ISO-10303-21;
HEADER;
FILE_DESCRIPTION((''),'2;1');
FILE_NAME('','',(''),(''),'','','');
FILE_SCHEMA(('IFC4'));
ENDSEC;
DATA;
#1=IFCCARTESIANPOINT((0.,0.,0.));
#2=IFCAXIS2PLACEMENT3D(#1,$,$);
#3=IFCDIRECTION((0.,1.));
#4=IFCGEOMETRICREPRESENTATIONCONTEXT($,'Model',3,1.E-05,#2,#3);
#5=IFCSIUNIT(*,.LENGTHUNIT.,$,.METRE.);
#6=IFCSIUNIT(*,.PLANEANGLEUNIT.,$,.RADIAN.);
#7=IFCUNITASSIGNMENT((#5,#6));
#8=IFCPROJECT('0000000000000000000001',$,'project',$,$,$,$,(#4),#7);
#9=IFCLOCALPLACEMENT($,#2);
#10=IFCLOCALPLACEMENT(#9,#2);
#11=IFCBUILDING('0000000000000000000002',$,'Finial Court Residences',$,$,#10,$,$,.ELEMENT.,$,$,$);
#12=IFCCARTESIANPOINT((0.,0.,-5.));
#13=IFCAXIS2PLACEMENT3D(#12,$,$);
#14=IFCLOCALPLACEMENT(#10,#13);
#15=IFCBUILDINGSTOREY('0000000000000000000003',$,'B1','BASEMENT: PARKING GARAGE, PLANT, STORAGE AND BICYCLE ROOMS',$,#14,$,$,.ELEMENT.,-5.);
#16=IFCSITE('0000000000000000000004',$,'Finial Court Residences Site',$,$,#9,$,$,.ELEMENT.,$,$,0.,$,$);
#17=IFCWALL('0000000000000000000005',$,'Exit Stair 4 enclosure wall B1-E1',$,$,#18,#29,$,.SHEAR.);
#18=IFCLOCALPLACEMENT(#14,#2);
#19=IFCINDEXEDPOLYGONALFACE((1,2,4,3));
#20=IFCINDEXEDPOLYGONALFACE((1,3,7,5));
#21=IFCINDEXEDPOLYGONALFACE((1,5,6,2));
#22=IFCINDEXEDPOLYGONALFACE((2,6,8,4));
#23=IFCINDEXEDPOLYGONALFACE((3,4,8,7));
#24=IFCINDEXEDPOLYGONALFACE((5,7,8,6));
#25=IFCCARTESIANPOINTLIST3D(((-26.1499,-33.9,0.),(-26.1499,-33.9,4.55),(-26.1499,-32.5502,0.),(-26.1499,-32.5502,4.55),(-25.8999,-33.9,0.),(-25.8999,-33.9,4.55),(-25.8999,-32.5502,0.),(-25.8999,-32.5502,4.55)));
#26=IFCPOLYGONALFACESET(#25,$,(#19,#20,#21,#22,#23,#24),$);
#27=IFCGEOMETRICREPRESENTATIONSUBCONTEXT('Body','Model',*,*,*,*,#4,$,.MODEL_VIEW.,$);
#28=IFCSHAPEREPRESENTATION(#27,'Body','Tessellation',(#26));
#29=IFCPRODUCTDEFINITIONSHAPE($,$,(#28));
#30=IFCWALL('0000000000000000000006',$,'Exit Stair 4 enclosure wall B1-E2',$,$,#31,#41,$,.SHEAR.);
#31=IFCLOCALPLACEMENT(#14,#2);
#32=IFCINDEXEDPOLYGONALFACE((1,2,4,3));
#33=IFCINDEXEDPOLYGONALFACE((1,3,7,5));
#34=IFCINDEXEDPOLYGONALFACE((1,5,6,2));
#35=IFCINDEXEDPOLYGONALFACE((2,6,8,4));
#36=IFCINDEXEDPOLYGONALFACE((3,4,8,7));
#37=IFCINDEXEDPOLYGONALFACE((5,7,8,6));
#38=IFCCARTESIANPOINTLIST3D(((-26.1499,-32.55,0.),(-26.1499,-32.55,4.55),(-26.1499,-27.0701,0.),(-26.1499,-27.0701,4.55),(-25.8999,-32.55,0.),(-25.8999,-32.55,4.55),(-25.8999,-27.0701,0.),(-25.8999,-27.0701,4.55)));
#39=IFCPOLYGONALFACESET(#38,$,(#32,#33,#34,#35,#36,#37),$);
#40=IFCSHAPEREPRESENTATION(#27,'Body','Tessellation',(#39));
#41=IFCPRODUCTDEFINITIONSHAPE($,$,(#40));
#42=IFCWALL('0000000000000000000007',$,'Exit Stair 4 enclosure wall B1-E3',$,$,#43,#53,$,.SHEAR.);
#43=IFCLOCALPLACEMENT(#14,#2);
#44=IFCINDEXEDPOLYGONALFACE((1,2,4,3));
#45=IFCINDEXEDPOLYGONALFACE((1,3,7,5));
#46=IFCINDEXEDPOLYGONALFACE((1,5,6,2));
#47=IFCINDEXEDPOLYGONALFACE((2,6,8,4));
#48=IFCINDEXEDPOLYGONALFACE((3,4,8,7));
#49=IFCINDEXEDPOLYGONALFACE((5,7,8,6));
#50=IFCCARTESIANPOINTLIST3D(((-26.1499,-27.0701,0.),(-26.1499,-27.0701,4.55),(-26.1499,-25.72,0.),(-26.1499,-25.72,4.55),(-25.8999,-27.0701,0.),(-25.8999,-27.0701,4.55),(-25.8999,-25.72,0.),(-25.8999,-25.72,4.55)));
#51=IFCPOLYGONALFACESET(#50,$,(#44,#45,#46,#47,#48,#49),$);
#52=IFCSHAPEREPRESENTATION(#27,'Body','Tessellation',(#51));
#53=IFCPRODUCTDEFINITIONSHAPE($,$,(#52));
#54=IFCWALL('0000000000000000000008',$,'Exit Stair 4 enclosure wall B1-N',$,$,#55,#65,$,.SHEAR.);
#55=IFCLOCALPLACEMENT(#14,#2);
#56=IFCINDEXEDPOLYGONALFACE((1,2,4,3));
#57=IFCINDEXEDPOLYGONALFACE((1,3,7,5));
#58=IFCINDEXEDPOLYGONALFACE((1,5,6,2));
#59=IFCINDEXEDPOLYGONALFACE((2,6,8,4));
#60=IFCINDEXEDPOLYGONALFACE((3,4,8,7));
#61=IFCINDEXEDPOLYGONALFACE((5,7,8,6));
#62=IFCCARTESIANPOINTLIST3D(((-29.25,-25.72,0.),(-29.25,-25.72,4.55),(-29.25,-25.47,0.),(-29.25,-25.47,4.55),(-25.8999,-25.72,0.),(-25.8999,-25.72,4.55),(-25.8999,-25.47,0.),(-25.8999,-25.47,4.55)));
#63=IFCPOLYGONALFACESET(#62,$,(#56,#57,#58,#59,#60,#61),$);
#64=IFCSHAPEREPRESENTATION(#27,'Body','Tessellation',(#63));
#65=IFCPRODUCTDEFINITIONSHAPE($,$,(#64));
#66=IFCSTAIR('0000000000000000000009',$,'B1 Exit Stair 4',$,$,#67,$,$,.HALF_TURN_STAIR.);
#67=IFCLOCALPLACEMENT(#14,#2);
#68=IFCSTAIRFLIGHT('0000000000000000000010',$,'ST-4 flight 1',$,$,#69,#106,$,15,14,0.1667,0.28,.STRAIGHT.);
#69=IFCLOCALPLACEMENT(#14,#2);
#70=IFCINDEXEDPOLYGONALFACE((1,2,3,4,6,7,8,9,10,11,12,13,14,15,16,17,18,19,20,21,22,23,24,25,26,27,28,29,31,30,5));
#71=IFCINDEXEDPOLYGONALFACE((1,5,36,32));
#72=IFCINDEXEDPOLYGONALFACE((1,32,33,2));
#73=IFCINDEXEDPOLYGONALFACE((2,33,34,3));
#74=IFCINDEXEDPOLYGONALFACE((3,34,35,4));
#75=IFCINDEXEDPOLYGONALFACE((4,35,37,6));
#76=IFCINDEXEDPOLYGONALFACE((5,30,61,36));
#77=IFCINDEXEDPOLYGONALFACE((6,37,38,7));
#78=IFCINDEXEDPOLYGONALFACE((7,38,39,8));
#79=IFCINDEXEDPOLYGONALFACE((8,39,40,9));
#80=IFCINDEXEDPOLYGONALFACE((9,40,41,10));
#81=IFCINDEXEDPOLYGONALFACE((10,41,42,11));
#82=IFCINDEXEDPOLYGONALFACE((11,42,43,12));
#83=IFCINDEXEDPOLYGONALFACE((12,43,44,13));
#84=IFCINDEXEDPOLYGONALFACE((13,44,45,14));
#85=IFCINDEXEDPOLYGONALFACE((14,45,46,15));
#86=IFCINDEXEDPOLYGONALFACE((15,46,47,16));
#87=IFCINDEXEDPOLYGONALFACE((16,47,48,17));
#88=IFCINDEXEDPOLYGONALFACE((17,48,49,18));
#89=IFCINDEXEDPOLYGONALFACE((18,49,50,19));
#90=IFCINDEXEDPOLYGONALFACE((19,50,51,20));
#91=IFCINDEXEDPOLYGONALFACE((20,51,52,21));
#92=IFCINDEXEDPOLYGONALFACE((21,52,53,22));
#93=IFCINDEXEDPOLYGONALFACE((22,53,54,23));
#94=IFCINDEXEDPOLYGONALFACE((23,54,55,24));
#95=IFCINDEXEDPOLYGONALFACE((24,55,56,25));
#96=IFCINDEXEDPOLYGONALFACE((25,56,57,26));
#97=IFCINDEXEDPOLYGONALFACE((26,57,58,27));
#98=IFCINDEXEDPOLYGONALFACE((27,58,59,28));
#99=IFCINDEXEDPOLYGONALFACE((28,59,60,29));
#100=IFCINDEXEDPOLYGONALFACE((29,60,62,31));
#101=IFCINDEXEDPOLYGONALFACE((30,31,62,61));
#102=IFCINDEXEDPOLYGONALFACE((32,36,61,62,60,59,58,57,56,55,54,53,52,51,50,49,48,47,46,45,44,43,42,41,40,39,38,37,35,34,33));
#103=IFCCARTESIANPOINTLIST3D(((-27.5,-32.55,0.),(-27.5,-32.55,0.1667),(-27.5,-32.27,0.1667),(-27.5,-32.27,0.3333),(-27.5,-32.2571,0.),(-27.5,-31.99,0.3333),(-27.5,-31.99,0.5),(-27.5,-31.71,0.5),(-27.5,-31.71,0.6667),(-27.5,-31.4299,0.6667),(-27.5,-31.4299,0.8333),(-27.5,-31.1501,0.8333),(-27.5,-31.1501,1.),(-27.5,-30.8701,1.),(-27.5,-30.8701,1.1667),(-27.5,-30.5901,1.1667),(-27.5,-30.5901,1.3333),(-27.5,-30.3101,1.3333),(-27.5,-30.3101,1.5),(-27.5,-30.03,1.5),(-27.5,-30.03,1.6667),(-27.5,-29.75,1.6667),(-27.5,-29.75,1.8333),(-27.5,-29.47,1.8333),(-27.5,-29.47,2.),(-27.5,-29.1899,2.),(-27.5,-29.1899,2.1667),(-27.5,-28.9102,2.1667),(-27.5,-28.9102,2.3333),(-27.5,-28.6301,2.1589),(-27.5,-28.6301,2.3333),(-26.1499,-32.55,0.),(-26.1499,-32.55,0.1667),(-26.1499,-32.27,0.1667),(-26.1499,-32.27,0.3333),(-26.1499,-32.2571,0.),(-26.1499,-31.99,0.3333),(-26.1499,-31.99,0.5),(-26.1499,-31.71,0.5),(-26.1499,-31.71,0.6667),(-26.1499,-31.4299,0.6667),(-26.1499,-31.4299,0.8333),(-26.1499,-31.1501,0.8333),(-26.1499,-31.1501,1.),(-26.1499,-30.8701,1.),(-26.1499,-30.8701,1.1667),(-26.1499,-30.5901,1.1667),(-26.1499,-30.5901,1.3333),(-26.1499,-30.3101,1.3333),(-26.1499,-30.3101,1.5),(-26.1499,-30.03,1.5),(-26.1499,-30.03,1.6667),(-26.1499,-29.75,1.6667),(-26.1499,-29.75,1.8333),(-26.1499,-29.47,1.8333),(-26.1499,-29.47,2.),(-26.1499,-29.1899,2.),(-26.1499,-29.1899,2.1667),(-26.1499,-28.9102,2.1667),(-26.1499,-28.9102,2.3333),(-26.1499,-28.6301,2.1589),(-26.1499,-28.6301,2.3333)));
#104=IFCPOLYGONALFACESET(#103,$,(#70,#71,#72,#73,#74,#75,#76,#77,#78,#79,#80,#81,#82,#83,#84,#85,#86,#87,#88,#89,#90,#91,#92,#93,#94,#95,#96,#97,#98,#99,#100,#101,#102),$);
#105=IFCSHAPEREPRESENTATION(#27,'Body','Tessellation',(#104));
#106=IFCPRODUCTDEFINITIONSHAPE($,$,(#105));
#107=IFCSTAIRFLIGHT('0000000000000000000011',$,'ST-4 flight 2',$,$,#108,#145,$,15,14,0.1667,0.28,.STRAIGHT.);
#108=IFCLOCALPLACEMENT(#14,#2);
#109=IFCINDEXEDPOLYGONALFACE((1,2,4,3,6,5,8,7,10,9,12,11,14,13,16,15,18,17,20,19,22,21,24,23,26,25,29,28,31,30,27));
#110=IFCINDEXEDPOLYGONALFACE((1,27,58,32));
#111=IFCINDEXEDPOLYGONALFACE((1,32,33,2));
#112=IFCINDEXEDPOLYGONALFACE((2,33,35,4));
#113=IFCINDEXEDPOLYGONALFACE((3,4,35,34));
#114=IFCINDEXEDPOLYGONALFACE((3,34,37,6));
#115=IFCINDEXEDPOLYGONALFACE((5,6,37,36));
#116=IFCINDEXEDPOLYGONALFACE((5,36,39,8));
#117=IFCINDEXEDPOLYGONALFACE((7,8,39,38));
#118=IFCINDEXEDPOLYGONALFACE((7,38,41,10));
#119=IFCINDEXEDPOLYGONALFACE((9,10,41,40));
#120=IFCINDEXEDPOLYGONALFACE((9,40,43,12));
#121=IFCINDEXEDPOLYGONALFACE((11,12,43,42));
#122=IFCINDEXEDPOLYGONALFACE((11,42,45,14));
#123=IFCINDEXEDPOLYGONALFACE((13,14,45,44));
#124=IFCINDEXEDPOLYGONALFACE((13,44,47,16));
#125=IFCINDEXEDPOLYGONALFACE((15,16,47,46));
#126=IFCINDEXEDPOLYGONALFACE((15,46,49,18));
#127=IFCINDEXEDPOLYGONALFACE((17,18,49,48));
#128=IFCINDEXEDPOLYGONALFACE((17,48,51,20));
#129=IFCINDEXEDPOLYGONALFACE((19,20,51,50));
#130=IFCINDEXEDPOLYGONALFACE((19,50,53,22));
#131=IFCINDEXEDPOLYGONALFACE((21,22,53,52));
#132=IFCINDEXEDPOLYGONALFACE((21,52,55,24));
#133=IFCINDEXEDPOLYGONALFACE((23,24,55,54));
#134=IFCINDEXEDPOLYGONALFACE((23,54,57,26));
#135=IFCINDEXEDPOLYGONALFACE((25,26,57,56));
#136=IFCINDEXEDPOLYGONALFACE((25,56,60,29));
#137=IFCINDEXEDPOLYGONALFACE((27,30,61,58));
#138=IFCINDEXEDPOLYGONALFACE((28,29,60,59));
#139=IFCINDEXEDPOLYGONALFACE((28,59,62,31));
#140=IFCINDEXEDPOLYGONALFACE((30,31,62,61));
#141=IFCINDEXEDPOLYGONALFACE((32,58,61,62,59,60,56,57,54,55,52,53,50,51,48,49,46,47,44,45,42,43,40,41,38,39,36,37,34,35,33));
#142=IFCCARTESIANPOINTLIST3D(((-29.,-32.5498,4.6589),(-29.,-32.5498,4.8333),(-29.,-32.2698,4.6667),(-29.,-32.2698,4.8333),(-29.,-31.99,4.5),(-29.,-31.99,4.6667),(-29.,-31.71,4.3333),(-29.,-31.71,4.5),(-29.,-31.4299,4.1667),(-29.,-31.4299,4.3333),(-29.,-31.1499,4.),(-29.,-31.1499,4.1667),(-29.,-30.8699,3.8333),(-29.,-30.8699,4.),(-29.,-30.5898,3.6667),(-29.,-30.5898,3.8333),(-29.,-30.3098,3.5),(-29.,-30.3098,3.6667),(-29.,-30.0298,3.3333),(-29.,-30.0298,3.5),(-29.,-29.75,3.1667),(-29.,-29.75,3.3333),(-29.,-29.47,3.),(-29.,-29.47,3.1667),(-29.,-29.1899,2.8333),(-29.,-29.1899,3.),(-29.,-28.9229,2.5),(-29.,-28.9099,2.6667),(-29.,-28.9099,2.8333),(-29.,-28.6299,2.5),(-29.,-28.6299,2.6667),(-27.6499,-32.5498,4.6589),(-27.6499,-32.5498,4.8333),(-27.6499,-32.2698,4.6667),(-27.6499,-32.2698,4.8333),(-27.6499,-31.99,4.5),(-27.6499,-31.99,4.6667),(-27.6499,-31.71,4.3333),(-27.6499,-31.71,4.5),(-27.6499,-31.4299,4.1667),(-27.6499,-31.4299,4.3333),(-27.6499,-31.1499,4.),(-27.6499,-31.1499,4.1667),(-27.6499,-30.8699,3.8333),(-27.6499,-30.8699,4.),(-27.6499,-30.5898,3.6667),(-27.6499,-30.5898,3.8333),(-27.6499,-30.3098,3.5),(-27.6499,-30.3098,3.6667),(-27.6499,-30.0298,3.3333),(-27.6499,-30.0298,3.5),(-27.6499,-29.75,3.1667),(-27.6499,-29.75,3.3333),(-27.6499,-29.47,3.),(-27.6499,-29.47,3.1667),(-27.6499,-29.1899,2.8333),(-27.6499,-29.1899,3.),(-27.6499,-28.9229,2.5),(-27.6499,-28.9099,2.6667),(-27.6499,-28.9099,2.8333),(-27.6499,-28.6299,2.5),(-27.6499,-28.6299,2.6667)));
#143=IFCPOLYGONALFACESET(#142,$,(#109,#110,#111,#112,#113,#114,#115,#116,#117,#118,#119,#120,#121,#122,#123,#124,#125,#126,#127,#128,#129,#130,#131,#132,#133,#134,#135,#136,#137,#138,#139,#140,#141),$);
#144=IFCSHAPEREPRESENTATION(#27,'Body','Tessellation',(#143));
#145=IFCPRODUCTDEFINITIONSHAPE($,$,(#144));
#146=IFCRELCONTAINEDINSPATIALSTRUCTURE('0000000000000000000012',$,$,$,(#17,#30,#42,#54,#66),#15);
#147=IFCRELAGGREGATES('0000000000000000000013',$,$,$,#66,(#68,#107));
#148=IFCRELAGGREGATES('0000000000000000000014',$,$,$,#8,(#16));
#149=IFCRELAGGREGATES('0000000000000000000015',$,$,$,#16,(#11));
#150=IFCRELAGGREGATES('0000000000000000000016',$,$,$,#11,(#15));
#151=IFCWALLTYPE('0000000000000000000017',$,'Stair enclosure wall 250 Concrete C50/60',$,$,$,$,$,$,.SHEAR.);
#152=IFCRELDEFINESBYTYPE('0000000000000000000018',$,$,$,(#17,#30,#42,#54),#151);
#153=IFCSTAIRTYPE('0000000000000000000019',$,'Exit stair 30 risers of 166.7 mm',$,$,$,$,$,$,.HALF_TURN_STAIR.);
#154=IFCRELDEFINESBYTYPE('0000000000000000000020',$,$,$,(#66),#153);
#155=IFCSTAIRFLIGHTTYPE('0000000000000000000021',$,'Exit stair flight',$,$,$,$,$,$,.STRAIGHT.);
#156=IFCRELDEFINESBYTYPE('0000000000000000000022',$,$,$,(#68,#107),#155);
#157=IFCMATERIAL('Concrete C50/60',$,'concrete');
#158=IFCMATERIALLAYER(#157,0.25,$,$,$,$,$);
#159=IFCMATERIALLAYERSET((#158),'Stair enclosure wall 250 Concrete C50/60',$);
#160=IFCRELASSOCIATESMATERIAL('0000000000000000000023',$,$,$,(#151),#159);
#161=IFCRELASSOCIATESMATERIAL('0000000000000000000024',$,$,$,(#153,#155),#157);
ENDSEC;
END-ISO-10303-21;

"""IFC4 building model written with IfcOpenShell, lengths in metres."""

from ifc_helpers import new_model, si_unit, direction, frame, frame_2d, origin, place, context, subcontext, project, spatial, polyline, rectangle, outline, extrude, material, layer, layer_set, type_object, element, aggregate, save


model = new_model("IFC4")

# Units and contexts
model_context = context("Model", 3, precision=1e-05, world=origin(), true_north=direction((0.0, 1.0)))
body_context = subcontext(model_context, "Body", "Model", "MODEL_VIEW")
ifc_project = project(units=[si_unit("LENGTHUNIT", "METRE"), si_unit("PLANEANGLEUNIT", "RADIAN")], contexts=[model_context])

# Site, building, storey
site_placement = place(None, origin())
site = spatial("IfcSite", under=ifc_project, at=site_placement, Name="Finial Court Residences Site", CompositionType="ELEMENT", RefElevation=0.0)
building_placement = place(site_placement, origin())
building = spatial("IfcBuilding", under=site, at=building_placement, Name="Finial Court Residences", CompositionType="ELEMENT")
storey_placement = place(building_placement, frame((0.0, 0.0, -5.0)))
storey = spatial("IfcBuildingStorey", under=building, at=storey_placement, Name="B1", Description="BASEMENT: PARKING GARAGE, PLANT, STORAGE AND BICYCLE ROOMS", CompositionType="ELEMENT", Elevation=-5.0)

# Shared definitions
ifc_material_1 = material(Name="Concrete C50/60", Category="concrete")

# Shared definitions
ifc_layer_1 = layer(ifc_material_1, 0.25)
ifc_layer_set_1 = layer_set([ifc_layer_1], Name="Stair enclosure wall 250 Concrete C50/60")
wall_type_1 = type_object("IfcWallType", Name="Stair enclosure wall 250 Concrete C50/60", PredefinedType="SHEAR", material=ifc_layer_set_1)

# Walls
wall_1_placement = place(storey_placement, frame((-26.0249, -33.8999, 0.0), z_axis=(0.0, 0.0, 1.0), x_axis=(0.0, 1.0, 0.0)))
element("IfcWall", 1, at=wall_1_placement, inside=storey, type_object=wall_type_1, Name="Exit Stair 4 enclosure wall B1-E1", PredefinedType="SHEAR", context=body_context, shape_type="SweptSolid", body=[
    extrude(rectangle(XDim=1.3499, YDim=0.25, at=frame_2d((0.6748, 0.0))), origin(), (0.0, 0.0, 1.0), 4.55),
])
wall_2_placement = place(storey_placement, frame((-26.0249, -32.55, 0.0), z_axis=(0.0, 0.0, 1.0), x_axis=(0.0, 1.0, 0.0)))
element("IfcWall", 2, at=wall_2_placement, inside=storey, type_object=wall_type_1, Name="Exit Stair 4 enclosure wall B1-E2", PredefinedType="SHEAR", context=body_context, shape_type="SweptSolid", body=[
    extrude(rectangle(XDim=5.48, YDim=0.25, at=frame_2d((2.74, 0.0))), origin(), (0.0, 0.0, 1.0), 4.55),
])
wall_3_placement = place(storey_placement, frame((-26.0249, -27.0701, 0.0), z_axis=(0.0, 0.0, 1.0), x_axis=(0.0, 1.0, 0.0)))
element("IfcWall", 3, at=wall_3_placement, inside=storey, type_object=wall_type_1, Name="Exit Stair 4 enclosure wall B1-E3", PredefinedType="SHEAR", context=body_context, shape_type="SweptSolid", body=[
    extrude(rectangle(XDim=1.3501, YDim=0.25, at=frame_2d((0.675, 0.0))), origin(), (0.0, 0.0, 1.0), 4.55),
])
wall_4_placement = place(storey_placement, frame((-29.25, -25.595, 0.0), z_axis=(0.0, 0.0, 1.0), x_axis=(1.0, 0.0, 0.0)))
element("IfcWall", 4, at=wall_4_placement, inside=storey, type_object=wall_type_1, Name="Exit Stair 4 enclosure wall B1-N", PredefinedType="SHEAR", context=body_context, shape_type="SweptSolid", body=[
    extrude(rectangle(XDim=3.3501, YDim=0.25, at=frame_2d((1.675, 0.0))), origin(), (0.0, 0.0, 1.0), 4.55),
])

# Stair, stair flights
stair_type = type_object("IfcStairType", Name="Exit stair 30 risers of 166.7 mm", PredefinedType="HALF_TURN_STAIR", material=ifc_material_1)
stair_placement = place(storey_placement, origin())
stair = element("IfcStair", 5, at=stair_placement, inside=storey, type_object=stair_type, Name="B1 Exit Stair 4", PredefinedType="HALF_TURN_STAIR")
stair_flight_type = type_object("IfcStairFlightType", Name="Exit stair flight", PredefinedType="STRAIGHT", material=ifc_material_1)
stair_flight_1_placement = place(storey_placement, frame((-26.825, -32.55, 0.0), z_axis=(0.0, 0.0, 1.0), x_axis=(0.0, 1.0, 0.0)))
stair_flight_1 = element("IfcStairFlight", 6, at=stair_flight_1_placement, type_object=stair_flight_type, Name="ST-4 flight 1", NumberOfRisers=15, NumberOfTreads=14, PredefinedType="STRAIGHT", RiserHeight=0.1667, TreadLength=0.28, context=body_context, shape_type="SweptSolid", body=[
    extrude(outline(polyline([(0.0, 0.0), (0.0, 0.1667), (0.28, 0.1667), (0.28, 0.3333), (0.5601, 0.3333), (0.5601, 0.5), (0.8401, 0.5), (0.8401, 0.6667), (1.1201, 0.6667), (1.1201, 0.8333), (1.3999, 0.8333), (1.3999, 1.0), (1.6799, 1.0), (1.6799, 1.1667), (1.96, 1.1667), (1.96, 1.3333), (2.24, 1.3333), (2.24, 1.5), (2.52, 1.5), (2.52, 1.6667), (2.8, 1.6667), (2.8, 1.8333), (3.0801, 1.8333), (3.0801, 2.0), (3.3601, 2.0), (3.3601, 2.1667), (3.6399, 2.1667), (3.6399, 2.3333), (3.9199, 2.3333), (3.9199, 2.5), (3.9199, 2.1589), (0.293, 0.0), (0.0, 0.0)])), frame((0.0, 0.675, 0.0), z_axis=(0.0, -1.0, 0.0), x_axis=(1.0, 0.0, 0.0)), (0.0, 0.0, 1.0), 1.3501),
])
stair_flight_2_placement = place(storey_placement, frame((-28.325, -28.6299, 2.5), z_axis=(0.0, 0.0, 1.0), x_axis=(0.0, -1.0, 0.0)))
stair_flight_2 = element("IfcStairFlight", 7, at=stair_flight_2_placement, type_object=stair_flight_type, Name="ST-4 flight 2", NumberOfRisers=15, NumberOfTreads=14, PredefinedType="STRAIGHT", RiserHeight=0.1667, TreadLength=0.28, context=body_context, shape_type="SweptSolid", body=[
    extrude(outline(polyline([(0.0, 0.0), (0.0, 0.1667), (0.28, 0.1667), (0.28, 0.3333), (0.5601, 0.3333), (0.5601, 0.5), (0.8401, 0.5), (0.8401, 0.6667), (1.1201, 0.6667), (1.1201, 0.8333), (1.3999, 0.8333), (1.3999, 1.0), (1.6799, 1.0), (1.6799, 1.1667), (1.96, 1.1667), (1.96, 1.3333), (2.24, 1.3333), (2.24, 1.5), (2.52, 1.5), (2.52, 1.6667), (2.8, 1.6667), (2.8, 1.8333), (3.0801, 1.8333), (3.0801, 2.0), (3.3601, 2.0), (3.3601, 2.1667), (3.6399, 2.1667), (3.6399, 2.3333), (3.9199, 2.3333), (3.9199, 2.5), (3.9199, 2.1589), (0.293, 0.0), (0.0, 0.0)])), frame((0.0, 0.675, 0.0), z_axis=(0.0, -1.0, 0.0), x_axis=(1.0, 0.0, 0.0)), (0.0, 0.0, 1.0), 1.3501),
])
aggregate(stair, [stair_flight_1, stair_flight_2])

save(model, "model.ifc")
